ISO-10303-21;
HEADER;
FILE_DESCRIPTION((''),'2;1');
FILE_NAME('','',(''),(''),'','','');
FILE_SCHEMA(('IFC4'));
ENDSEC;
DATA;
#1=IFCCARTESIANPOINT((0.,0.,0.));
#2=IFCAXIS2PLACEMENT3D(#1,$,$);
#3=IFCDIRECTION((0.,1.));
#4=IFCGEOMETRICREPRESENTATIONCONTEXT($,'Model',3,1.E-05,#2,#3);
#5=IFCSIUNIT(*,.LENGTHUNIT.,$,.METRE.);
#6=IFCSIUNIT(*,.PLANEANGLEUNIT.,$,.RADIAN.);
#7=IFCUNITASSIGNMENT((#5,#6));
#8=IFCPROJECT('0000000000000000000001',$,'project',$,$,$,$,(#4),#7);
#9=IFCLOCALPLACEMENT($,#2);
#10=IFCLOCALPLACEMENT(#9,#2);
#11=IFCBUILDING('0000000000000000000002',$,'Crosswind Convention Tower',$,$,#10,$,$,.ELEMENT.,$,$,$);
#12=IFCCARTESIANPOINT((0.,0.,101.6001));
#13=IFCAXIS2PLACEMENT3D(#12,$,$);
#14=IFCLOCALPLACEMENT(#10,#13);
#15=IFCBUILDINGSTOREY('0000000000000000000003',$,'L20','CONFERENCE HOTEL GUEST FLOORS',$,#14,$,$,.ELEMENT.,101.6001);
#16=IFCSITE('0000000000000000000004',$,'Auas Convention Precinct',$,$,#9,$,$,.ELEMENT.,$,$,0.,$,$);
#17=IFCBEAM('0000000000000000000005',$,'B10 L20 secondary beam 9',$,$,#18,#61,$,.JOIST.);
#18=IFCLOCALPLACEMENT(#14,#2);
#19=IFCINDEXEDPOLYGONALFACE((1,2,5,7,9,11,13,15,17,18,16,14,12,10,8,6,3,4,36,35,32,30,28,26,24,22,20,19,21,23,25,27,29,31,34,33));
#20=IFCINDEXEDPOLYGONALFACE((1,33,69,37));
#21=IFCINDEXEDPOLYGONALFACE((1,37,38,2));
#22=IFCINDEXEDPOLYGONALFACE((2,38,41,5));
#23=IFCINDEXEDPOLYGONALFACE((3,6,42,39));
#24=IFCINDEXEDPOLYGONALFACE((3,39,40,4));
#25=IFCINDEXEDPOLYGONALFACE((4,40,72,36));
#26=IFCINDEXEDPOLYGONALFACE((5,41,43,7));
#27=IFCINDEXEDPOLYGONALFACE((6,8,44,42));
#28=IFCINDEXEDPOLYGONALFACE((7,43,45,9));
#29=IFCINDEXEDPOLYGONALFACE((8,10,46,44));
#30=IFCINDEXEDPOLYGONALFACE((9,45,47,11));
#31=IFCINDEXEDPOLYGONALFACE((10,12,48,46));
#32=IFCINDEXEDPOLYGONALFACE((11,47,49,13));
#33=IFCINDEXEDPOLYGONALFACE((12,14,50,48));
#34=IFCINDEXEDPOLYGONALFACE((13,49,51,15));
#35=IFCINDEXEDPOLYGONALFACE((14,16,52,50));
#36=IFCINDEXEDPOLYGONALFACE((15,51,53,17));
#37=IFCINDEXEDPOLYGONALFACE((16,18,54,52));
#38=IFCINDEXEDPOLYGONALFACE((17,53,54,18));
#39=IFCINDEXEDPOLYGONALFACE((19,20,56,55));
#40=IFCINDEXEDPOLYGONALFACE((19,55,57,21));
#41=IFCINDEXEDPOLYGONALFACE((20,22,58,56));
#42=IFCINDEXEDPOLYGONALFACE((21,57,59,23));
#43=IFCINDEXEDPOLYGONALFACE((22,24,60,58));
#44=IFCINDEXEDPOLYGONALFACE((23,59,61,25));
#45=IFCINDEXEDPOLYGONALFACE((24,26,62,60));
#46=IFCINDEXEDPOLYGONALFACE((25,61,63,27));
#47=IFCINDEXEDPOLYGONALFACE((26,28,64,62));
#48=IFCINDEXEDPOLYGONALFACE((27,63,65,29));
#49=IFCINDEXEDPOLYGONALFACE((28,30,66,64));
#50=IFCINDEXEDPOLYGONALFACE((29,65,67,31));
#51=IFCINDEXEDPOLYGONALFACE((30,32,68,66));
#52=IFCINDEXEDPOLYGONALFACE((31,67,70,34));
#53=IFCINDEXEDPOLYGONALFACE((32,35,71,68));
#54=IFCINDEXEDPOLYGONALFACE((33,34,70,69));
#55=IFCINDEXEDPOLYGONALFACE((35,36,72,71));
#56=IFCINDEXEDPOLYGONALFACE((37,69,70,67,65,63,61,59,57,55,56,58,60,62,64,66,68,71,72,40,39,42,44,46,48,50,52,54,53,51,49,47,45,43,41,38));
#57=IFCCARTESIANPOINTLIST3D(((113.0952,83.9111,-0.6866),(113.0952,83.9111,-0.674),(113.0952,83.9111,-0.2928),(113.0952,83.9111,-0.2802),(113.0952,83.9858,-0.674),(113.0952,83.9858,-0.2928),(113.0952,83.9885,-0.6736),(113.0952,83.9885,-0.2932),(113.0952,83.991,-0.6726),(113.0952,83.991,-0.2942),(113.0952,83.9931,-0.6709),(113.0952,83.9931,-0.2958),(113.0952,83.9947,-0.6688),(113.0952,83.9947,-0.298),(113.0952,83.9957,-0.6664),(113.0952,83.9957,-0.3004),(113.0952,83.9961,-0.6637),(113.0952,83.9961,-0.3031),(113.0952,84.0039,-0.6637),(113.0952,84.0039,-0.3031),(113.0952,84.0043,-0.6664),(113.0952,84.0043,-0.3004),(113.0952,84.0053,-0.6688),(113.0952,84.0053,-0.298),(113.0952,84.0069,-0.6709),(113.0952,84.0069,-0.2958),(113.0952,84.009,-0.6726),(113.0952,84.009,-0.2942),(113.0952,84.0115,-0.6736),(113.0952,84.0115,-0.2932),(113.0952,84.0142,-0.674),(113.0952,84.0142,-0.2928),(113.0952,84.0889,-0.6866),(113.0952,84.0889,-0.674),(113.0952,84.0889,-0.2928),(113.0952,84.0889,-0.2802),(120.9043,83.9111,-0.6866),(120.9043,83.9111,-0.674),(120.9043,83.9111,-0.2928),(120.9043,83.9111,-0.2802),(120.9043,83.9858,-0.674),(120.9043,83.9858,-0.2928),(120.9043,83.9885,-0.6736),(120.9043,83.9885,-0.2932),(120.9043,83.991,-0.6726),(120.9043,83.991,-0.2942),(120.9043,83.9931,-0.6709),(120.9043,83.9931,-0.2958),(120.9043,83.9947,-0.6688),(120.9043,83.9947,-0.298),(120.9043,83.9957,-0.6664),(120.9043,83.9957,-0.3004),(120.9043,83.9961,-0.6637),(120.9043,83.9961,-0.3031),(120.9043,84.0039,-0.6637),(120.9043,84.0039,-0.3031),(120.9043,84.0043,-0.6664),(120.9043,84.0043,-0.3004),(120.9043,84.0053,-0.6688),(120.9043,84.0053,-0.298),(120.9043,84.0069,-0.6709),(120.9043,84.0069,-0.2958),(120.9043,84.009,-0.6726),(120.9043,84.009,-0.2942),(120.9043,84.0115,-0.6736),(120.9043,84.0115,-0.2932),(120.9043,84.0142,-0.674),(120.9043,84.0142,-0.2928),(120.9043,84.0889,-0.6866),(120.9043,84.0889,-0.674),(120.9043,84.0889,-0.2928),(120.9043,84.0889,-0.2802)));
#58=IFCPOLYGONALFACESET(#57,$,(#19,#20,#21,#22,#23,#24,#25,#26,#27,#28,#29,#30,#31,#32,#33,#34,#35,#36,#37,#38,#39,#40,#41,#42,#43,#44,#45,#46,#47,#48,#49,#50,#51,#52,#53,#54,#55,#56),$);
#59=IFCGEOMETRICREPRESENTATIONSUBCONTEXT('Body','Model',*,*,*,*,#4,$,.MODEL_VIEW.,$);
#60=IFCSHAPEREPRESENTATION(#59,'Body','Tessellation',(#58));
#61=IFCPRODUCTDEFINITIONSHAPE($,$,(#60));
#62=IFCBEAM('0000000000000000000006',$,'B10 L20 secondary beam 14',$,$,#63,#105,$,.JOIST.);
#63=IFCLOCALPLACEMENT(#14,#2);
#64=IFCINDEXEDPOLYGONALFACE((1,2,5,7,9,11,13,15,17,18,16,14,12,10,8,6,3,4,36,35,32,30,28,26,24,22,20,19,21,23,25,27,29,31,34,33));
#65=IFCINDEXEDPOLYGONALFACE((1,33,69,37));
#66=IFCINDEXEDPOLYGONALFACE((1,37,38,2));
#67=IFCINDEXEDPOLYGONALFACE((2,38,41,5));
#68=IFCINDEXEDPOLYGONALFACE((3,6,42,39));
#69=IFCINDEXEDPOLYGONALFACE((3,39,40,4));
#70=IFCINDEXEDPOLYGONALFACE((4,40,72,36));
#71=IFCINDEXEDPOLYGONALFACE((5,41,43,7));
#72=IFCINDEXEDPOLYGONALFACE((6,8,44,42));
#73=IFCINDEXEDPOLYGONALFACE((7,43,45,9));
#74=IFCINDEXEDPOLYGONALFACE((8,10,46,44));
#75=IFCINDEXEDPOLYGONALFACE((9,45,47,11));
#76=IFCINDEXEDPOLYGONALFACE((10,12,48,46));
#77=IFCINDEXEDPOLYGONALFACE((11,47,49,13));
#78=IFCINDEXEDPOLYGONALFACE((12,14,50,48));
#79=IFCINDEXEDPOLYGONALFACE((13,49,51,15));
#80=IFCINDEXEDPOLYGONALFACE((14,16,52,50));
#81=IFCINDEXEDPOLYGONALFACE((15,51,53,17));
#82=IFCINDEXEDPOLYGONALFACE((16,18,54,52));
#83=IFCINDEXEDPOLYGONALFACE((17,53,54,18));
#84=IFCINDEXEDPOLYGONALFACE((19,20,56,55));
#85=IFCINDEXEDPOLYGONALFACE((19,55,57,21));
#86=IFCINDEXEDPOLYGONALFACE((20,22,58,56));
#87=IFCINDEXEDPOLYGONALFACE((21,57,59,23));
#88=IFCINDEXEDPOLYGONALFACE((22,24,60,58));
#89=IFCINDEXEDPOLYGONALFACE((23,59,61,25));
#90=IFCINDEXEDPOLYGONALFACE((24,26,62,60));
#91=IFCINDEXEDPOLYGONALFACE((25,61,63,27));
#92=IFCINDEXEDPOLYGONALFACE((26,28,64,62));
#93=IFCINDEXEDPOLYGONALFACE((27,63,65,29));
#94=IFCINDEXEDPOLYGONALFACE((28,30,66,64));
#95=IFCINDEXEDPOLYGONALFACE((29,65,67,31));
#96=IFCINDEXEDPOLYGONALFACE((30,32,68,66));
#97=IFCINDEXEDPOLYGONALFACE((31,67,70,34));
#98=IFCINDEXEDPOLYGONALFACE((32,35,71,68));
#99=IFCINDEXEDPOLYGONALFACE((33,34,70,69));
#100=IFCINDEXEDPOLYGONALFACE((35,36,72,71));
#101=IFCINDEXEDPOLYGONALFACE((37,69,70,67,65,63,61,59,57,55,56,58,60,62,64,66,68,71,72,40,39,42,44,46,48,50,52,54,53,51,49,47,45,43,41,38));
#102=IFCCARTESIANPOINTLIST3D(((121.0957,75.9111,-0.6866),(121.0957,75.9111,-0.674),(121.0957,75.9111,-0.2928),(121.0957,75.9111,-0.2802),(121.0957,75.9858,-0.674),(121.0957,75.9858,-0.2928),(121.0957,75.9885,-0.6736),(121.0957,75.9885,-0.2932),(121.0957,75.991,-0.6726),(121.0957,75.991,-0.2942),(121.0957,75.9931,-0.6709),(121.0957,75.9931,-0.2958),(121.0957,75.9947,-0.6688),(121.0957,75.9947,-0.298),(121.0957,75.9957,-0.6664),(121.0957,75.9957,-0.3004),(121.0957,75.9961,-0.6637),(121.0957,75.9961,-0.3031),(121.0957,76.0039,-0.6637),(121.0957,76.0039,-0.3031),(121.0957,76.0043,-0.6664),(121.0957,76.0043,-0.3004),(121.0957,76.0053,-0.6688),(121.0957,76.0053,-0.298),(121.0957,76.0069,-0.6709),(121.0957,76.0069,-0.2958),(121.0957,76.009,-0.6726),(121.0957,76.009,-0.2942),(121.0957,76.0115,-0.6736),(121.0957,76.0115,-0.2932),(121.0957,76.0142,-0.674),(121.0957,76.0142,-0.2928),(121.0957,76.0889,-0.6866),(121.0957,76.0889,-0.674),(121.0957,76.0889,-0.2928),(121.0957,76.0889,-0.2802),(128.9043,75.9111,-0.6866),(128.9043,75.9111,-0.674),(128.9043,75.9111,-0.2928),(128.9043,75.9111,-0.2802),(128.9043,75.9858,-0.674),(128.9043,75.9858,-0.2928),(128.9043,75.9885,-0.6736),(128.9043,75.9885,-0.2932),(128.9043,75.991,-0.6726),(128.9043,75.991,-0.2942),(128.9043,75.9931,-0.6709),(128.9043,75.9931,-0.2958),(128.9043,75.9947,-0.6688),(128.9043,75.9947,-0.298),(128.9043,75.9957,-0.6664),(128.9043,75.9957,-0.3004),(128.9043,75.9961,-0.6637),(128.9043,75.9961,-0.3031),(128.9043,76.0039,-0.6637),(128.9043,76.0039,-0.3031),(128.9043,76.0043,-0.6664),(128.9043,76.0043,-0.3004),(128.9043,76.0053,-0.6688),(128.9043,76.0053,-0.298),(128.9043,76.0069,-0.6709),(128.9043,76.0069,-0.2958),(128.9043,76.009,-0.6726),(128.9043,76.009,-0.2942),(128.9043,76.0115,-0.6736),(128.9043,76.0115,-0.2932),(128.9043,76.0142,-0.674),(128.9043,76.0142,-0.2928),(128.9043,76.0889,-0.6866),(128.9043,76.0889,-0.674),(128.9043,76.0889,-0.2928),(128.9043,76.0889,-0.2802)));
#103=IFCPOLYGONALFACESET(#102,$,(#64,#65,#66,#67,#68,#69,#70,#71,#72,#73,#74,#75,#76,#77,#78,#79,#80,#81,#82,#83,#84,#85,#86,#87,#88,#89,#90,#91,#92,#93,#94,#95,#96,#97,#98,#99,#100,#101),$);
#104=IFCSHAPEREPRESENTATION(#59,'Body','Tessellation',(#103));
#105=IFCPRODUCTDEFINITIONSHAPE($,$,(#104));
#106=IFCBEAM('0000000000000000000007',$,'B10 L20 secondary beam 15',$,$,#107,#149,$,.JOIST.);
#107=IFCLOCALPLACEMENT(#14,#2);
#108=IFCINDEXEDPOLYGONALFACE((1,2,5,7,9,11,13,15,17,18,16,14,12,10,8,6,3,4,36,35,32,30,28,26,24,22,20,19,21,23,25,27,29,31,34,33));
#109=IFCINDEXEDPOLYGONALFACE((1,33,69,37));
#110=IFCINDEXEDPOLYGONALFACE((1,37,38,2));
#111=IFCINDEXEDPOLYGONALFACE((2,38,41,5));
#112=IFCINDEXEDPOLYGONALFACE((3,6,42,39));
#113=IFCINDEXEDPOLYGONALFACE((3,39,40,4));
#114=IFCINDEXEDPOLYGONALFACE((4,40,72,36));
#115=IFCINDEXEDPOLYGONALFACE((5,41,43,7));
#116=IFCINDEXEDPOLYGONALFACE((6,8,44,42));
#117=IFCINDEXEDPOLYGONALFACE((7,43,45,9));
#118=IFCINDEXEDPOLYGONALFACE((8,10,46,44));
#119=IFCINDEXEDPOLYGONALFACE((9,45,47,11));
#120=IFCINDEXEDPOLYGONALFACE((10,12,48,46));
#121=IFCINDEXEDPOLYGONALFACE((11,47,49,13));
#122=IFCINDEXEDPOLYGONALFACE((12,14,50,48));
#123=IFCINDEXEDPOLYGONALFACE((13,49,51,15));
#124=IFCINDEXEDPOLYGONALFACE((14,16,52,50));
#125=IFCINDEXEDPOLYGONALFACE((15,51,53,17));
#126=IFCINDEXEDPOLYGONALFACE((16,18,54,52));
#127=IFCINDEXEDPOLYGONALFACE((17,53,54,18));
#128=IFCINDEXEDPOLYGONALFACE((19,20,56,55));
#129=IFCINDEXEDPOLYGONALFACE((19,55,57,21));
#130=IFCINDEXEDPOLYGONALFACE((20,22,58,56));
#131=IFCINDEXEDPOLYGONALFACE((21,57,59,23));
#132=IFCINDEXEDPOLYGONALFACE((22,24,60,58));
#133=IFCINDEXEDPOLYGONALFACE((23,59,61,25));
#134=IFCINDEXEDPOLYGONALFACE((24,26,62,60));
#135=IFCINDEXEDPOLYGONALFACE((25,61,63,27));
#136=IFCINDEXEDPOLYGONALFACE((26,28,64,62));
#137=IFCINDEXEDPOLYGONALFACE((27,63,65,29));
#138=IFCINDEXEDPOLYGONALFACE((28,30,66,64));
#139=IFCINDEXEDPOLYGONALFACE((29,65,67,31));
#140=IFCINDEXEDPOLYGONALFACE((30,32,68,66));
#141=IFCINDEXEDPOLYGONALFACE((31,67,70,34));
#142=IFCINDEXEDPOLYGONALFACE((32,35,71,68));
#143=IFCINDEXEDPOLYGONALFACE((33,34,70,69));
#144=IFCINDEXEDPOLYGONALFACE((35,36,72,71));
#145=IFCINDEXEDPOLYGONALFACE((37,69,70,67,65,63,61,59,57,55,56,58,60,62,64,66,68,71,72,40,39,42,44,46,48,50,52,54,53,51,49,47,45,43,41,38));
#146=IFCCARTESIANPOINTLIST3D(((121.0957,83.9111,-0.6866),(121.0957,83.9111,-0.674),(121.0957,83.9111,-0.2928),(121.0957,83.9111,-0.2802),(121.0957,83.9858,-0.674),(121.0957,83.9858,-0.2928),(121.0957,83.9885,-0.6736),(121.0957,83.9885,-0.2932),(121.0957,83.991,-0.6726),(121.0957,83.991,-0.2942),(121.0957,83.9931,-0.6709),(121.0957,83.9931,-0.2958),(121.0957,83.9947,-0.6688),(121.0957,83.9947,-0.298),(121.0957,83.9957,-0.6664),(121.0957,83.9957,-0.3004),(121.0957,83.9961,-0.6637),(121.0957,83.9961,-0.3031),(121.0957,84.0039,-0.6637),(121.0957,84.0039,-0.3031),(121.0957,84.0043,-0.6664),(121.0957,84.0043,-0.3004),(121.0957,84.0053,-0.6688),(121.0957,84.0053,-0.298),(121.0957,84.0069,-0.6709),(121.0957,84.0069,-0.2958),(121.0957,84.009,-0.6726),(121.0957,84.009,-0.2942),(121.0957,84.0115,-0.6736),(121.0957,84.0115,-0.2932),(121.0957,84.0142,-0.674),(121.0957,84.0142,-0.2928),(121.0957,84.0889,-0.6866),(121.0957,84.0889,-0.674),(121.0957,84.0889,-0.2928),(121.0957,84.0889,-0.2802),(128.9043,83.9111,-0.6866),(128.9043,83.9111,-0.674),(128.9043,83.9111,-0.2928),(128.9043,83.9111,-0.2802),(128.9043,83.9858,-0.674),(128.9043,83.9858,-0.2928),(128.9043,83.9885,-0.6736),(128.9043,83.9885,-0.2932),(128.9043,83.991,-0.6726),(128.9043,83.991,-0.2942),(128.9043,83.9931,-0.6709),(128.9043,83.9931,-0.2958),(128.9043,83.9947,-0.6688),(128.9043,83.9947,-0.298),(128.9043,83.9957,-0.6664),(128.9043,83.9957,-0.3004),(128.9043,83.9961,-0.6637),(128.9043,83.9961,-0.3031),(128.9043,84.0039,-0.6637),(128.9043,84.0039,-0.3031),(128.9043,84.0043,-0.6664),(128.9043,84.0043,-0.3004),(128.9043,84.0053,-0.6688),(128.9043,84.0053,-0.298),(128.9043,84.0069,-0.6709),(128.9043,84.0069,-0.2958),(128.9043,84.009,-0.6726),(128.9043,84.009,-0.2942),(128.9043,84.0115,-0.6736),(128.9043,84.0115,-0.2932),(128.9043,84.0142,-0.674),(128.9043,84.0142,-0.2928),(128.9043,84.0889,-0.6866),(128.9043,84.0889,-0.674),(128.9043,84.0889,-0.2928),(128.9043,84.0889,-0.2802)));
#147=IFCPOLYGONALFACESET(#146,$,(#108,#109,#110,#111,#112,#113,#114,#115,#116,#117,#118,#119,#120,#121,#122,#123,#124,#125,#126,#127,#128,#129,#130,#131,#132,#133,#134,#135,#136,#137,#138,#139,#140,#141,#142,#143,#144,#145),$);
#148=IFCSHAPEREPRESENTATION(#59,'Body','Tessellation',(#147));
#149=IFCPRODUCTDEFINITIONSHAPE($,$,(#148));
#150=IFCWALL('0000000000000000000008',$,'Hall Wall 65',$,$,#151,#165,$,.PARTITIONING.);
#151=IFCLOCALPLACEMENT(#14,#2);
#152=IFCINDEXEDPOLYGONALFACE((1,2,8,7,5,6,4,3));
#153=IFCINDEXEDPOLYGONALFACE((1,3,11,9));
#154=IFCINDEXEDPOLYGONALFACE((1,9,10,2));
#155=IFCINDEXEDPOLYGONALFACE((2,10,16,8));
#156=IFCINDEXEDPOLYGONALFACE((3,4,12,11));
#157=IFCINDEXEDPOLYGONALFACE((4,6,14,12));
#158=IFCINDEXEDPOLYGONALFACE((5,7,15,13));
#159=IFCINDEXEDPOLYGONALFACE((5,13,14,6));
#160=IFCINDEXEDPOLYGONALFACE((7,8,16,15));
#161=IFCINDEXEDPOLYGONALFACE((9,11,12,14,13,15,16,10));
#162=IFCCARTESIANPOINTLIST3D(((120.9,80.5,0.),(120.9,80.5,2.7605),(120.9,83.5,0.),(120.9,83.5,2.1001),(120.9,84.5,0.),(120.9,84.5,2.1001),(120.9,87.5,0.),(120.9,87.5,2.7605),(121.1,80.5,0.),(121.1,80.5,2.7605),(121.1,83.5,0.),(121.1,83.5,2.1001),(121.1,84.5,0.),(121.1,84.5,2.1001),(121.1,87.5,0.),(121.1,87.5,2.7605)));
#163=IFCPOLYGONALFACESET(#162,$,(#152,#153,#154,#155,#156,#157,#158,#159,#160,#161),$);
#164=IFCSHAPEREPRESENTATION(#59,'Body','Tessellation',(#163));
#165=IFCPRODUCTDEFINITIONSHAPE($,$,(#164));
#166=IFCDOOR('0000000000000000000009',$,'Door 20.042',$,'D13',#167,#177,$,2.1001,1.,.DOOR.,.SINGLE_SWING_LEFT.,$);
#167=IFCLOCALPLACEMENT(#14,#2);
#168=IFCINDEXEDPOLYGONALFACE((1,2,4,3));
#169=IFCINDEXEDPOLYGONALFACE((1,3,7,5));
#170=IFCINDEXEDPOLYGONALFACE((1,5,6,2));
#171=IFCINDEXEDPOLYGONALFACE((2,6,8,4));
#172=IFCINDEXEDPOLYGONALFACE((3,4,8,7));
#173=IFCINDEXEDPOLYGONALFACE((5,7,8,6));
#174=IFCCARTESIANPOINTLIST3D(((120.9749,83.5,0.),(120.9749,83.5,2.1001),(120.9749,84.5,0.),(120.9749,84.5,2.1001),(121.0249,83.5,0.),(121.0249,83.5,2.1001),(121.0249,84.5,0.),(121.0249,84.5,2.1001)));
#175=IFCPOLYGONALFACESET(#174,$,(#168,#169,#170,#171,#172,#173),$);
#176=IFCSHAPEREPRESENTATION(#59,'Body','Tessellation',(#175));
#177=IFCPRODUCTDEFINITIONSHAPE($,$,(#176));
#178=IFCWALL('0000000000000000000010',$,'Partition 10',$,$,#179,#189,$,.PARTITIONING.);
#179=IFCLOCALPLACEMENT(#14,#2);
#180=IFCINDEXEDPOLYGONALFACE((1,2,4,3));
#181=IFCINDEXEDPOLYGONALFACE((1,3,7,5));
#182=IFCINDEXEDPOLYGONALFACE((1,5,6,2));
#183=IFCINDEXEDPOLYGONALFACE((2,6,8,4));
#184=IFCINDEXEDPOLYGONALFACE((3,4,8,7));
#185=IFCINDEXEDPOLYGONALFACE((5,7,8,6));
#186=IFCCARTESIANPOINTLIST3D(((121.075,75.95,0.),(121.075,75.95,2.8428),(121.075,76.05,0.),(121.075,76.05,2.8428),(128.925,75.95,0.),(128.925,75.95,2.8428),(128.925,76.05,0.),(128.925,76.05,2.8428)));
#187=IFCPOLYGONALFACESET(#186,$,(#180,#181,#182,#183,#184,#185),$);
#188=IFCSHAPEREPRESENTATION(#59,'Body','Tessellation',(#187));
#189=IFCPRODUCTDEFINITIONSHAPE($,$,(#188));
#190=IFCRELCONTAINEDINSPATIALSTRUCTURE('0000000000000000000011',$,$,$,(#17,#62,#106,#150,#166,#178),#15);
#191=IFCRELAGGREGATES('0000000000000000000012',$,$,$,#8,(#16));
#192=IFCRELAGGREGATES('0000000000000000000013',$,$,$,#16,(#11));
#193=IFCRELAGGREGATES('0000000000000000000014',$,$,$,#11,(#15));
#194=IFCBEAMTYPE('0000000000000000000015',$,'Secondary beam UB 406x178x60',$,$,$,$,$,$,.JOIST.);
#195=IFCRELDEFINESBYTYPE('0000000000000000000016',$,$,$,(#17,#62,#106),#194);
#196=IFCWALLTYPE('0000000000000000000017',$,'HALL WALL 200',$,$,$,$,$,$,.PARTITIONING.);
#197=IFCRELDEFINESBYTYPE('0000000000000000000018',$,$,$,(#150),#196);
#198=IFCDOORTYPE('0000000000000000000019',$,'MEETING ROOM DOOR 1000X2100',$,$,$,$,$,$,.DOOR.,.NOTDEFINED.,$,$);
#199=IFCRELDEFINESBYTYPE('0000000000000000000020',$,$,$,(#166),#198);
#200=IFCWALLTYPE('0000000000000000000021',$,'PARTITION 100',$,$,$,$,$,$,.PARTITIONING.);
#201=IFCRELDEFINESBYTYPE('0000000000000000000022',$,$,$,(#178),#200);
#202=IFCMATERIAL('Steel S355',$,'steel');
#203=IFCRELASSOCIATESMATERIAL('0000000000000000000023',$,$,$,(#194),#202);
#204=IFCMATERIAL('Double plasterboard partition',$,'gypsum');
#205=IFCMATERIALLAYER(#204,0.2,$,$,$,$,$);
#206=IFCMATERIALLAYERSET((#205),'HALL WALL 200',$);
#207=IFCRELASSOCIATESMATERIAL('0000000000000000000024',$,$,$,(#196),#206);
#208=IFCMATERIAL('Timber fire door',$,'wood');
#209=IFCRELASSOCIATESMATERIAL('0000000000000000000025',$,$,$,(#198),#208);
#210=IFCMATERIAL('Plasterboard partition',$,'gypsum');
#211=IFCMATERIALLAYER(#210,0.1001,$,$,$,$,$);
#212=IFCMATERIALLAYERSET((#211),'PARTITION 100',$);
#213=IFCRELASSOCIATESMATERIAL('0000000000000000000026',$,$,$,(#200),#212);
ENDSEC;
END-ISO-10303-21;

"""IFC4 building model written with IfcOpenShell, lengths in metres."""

from ifc_helpers import new_model, si_unit, direction, frame, frame_2d, origin, origin_2d, place, context, subcontext, project, spatial, rectangle, i_section, extrude, material, layer, layer_set, material_profile, profile_set, type_object, element, fill, save


model = new_model("IFC4")

# Units and contexts
model_context = context("Model", 3, precision=1e-05, world=origin(), true_north=direction((0.0, 1.0)))
body_context = subcontext(model_context, "Body", "Model", "MODEL_VIEW")
ifc_project = project(units=[si_unit("LENGTHUNIT", "METRE"), si_unit("PLANEANGLEUNIT", "RADIAN")], contexts=[model_context])

# Site, building, storey
site_placement = place(None, origin())
site = spatial("IfcSite", under=ifc_project, at=site_placement, Name="Auas Convention Precinct", CompositionType="ELEMENT", RefElevation=0.0)
building_placement = place(site_placement, origin())
building = spatial("IfcBuilding", under=site, at=building_placement, Name="Crosswind Convention Tower", CompositionType="ELEMENT")
storey_placement = place(building_placement, frame((0.0, 0.0, 101.6001)))
storey = spatial("IfcBuildingStorey", under=building, at=storey_placement, Name="L20", Description="CONFERENCE HOTEL GUEST FLOORS", CompositionType="ELEMENT", Elevation=101.6001)

# Beams
ifc_material_1 = material(Name="Steel S355", Category="steel")
ifc_material_profile_1 = material_profile(ifc_material_1, i_section(OverallWidth=0.1777, OverallDepth=0.4065, WebThickness=0.0078, FlangeThickness=0.0127, FilletRadius=0.0103, at=origin_2d()), Name="UB 406x178x60")
ifc_profile_set_1 = profile_set([ifc_material_profile_1], Name="Steel S355")
beam_type_1 = type_object("IfcBeamType", Name="Secondary beam UB 406x178x60", PredefinedType="JOIST", material=ifc_profile_set_1)
for number, where, z_axis, x_axis, name in (
    (1, (113.0952, 84.0, -0.4834), (1.0, 0.0, 0.0), (0.0, 1.0, 0.0), "B10 L20 secondary beam 9"),
):
    element("IfcBeam", number, at=place(storey_placement, frame(where, z_axis=z_axis, x_axis=x_axis)), inside=storey, type_object=beam_type_1, Name=name, PredefinedType="JOIST", context=body_context, shape_type="SweptSolid", body=[
        extrude(i_section(OverallWidth=0.1777, OverallDepth=0.4065, WebThickness=0.0078, FlangeThickness=0.0127, FilletRadius=0.0103, at=origin_2d()), origin(), (0.0, 0.0, 1.0), 7.8091),
    ])
for number, where, z_axis, x_axis, name in (
    (2, (121.0957, 76.0, -0.4834), (1.0, 0.0, 0.0), (0.0, 1.0, 0.0), "B10 L20 secondary beam 14"),
    (3, (121.0957, 84.0, -0.4834), (1.0, 0.0, 0.0), (0.0, 1.0, 0.0), "B10 L20 secondary beam 15"),
):
    element("IfcBeam", number, at=place(storey_placement, frame(where, z_axis=z_axis, x_axis=x_axis)), inside=storey, type_object=beam_type_1, Name=name, PredefinedType="JOIST", context=body_context, shape_type="SweptSolid", body=[
        extrude(i_section(OverallWidth=0.1777, OverallDepth=0.4065, WebThickness=0.0078, FlangeThickness=0.0127, FilletRadius=0.0103, at=origin_2d()), origin(), (0.0, 0.0, 1.0), 7.8086),
    ])

# Wall, opening, door
ifc_material_2 = material(Name="Double plasterboard partition", Category="gypsum")
ifc_layer_1 = layer(ifc_material_2, 0.2)
ifc_layer_set_1 = layer_set([ifc_layer_1], Name="HALL WALL 200")
wall_type_1 = type_object("IfcWallType", Name="HALL WALL 200", PredefinedType="PARTITIONING", material=ifc_layer_set_1)
wall_1_placement = place(storey_placement, frame((121.0, 80.5, 0.0), z_axis=(0.0, 0.0, 1.0), x_axis=(0.0, 1.0, 0.0)))
wall_1 = element("IfcWall", 4, at=wall_1_placement, inside=storey, type_object=wall_type_1, Name="Hall Wall 65", PredefinedType="PARTITIONING", context=body_context, shape_type="SweptSolid", body=[
    extrude(rectangle(XDim=7.0, YDim=0.2, at=frame_2d((3.5, 0.0))), origin(), (0.0, 0.0, 1.0), 2.7605),
])
opening_1_placement = place(wall_1_placement, frame((3.0, 0.0, 0.0)))
opening_1 = element("IfcOpeningElement", 5, at=opening_1_placement, cuts=wall_1, PredefinedType="OPENING", context=body_context, shape_type="SweptSolid", body=[
    extrude(rectangle(XDim=1.0, YDim=2.1001, at=frame_2d((0.5, 1.05))), frame((0.0, 0.1099, 0.0), z_axis=(0.0, -1.0, 0.0), x_axis=(1.0, 0.0, 0.0)), (0.0, 0.0, 1.0), 0.22),
])
ifc_material_3 = material(Name="Timber fire door", Category="wood")
door_type_1 = type_object("IfcDoorType", Name="MEETING ROOM DOOR 1000X2100", OperationType="NOTDEFINED", PredefinedType="DOOR", material=ifc_material_3)
door_1_placement = place(opening_1_placement, frame((1.0, 0.0, 0.0), z_axis=(0.0, 0.0, 1.0), x_axis=(-1.0, 0.0, 0.0)))
door_1 = element("IfcDoor", 6, at=door_1_placement, inside=storey, type_object=door_type_1, Name="Door 20.042", ObjectType="D13", OperationType="SINGLE_SWING_LEFT", OverallHeight=2.1001, OverallWidth=1.0, PredefinedType="DOOR", context=body_context, shape_type="SweptSolid", body=[
    extrude(rectangle(XDim=1.0, YDim=2.1001, at=frame_2d((0.5, 1.05))), frame((0.0, 0.0249, 0.0), z_axis=(0.0, -1.0, 0.0), x_axis=(1.0, 0.0, 0.0)), (0.0, 0.0, 1.0), 0.05),
])
fill(opening_1, door_1)

# Wall
ifc_material_4 = material(Name="Plasterboard partition", Category="gypsum")
ifc_layer_2 = layer(ifc_material_4, 0.1001)
ifc_layer_set_2 = layer_set([ifc_layer_2], Name="PARTITION 100")
wall_type_2 = type_object("IfcWallType", Name="PARTITION 100", PredefinedType="PARTITIONING", material=ifc_layer_set_2)
wall_2_placement = place(storey_placement, frame((121.075, 76.0, 0.0), z_axis=(0.0, 0.0, 1.0), x_axis=(1.0, 0.0, 0.0)))
element("IfcWall", 7, at=wall_2_placement, inside=storey, type_object=wall_type_2, Name="Partition 10", PredefinedType="PARTITIONING", context=body_context, shape_type="SweptSolid", body=[
    extrude(rectangle(XDim=7.8501, YDim=0.1001, at=frame_2d((3.925, 0.0))), origin(), (0.0, 0.0, 1.0), 2.8428),
])

save(model, "model.ifc")
